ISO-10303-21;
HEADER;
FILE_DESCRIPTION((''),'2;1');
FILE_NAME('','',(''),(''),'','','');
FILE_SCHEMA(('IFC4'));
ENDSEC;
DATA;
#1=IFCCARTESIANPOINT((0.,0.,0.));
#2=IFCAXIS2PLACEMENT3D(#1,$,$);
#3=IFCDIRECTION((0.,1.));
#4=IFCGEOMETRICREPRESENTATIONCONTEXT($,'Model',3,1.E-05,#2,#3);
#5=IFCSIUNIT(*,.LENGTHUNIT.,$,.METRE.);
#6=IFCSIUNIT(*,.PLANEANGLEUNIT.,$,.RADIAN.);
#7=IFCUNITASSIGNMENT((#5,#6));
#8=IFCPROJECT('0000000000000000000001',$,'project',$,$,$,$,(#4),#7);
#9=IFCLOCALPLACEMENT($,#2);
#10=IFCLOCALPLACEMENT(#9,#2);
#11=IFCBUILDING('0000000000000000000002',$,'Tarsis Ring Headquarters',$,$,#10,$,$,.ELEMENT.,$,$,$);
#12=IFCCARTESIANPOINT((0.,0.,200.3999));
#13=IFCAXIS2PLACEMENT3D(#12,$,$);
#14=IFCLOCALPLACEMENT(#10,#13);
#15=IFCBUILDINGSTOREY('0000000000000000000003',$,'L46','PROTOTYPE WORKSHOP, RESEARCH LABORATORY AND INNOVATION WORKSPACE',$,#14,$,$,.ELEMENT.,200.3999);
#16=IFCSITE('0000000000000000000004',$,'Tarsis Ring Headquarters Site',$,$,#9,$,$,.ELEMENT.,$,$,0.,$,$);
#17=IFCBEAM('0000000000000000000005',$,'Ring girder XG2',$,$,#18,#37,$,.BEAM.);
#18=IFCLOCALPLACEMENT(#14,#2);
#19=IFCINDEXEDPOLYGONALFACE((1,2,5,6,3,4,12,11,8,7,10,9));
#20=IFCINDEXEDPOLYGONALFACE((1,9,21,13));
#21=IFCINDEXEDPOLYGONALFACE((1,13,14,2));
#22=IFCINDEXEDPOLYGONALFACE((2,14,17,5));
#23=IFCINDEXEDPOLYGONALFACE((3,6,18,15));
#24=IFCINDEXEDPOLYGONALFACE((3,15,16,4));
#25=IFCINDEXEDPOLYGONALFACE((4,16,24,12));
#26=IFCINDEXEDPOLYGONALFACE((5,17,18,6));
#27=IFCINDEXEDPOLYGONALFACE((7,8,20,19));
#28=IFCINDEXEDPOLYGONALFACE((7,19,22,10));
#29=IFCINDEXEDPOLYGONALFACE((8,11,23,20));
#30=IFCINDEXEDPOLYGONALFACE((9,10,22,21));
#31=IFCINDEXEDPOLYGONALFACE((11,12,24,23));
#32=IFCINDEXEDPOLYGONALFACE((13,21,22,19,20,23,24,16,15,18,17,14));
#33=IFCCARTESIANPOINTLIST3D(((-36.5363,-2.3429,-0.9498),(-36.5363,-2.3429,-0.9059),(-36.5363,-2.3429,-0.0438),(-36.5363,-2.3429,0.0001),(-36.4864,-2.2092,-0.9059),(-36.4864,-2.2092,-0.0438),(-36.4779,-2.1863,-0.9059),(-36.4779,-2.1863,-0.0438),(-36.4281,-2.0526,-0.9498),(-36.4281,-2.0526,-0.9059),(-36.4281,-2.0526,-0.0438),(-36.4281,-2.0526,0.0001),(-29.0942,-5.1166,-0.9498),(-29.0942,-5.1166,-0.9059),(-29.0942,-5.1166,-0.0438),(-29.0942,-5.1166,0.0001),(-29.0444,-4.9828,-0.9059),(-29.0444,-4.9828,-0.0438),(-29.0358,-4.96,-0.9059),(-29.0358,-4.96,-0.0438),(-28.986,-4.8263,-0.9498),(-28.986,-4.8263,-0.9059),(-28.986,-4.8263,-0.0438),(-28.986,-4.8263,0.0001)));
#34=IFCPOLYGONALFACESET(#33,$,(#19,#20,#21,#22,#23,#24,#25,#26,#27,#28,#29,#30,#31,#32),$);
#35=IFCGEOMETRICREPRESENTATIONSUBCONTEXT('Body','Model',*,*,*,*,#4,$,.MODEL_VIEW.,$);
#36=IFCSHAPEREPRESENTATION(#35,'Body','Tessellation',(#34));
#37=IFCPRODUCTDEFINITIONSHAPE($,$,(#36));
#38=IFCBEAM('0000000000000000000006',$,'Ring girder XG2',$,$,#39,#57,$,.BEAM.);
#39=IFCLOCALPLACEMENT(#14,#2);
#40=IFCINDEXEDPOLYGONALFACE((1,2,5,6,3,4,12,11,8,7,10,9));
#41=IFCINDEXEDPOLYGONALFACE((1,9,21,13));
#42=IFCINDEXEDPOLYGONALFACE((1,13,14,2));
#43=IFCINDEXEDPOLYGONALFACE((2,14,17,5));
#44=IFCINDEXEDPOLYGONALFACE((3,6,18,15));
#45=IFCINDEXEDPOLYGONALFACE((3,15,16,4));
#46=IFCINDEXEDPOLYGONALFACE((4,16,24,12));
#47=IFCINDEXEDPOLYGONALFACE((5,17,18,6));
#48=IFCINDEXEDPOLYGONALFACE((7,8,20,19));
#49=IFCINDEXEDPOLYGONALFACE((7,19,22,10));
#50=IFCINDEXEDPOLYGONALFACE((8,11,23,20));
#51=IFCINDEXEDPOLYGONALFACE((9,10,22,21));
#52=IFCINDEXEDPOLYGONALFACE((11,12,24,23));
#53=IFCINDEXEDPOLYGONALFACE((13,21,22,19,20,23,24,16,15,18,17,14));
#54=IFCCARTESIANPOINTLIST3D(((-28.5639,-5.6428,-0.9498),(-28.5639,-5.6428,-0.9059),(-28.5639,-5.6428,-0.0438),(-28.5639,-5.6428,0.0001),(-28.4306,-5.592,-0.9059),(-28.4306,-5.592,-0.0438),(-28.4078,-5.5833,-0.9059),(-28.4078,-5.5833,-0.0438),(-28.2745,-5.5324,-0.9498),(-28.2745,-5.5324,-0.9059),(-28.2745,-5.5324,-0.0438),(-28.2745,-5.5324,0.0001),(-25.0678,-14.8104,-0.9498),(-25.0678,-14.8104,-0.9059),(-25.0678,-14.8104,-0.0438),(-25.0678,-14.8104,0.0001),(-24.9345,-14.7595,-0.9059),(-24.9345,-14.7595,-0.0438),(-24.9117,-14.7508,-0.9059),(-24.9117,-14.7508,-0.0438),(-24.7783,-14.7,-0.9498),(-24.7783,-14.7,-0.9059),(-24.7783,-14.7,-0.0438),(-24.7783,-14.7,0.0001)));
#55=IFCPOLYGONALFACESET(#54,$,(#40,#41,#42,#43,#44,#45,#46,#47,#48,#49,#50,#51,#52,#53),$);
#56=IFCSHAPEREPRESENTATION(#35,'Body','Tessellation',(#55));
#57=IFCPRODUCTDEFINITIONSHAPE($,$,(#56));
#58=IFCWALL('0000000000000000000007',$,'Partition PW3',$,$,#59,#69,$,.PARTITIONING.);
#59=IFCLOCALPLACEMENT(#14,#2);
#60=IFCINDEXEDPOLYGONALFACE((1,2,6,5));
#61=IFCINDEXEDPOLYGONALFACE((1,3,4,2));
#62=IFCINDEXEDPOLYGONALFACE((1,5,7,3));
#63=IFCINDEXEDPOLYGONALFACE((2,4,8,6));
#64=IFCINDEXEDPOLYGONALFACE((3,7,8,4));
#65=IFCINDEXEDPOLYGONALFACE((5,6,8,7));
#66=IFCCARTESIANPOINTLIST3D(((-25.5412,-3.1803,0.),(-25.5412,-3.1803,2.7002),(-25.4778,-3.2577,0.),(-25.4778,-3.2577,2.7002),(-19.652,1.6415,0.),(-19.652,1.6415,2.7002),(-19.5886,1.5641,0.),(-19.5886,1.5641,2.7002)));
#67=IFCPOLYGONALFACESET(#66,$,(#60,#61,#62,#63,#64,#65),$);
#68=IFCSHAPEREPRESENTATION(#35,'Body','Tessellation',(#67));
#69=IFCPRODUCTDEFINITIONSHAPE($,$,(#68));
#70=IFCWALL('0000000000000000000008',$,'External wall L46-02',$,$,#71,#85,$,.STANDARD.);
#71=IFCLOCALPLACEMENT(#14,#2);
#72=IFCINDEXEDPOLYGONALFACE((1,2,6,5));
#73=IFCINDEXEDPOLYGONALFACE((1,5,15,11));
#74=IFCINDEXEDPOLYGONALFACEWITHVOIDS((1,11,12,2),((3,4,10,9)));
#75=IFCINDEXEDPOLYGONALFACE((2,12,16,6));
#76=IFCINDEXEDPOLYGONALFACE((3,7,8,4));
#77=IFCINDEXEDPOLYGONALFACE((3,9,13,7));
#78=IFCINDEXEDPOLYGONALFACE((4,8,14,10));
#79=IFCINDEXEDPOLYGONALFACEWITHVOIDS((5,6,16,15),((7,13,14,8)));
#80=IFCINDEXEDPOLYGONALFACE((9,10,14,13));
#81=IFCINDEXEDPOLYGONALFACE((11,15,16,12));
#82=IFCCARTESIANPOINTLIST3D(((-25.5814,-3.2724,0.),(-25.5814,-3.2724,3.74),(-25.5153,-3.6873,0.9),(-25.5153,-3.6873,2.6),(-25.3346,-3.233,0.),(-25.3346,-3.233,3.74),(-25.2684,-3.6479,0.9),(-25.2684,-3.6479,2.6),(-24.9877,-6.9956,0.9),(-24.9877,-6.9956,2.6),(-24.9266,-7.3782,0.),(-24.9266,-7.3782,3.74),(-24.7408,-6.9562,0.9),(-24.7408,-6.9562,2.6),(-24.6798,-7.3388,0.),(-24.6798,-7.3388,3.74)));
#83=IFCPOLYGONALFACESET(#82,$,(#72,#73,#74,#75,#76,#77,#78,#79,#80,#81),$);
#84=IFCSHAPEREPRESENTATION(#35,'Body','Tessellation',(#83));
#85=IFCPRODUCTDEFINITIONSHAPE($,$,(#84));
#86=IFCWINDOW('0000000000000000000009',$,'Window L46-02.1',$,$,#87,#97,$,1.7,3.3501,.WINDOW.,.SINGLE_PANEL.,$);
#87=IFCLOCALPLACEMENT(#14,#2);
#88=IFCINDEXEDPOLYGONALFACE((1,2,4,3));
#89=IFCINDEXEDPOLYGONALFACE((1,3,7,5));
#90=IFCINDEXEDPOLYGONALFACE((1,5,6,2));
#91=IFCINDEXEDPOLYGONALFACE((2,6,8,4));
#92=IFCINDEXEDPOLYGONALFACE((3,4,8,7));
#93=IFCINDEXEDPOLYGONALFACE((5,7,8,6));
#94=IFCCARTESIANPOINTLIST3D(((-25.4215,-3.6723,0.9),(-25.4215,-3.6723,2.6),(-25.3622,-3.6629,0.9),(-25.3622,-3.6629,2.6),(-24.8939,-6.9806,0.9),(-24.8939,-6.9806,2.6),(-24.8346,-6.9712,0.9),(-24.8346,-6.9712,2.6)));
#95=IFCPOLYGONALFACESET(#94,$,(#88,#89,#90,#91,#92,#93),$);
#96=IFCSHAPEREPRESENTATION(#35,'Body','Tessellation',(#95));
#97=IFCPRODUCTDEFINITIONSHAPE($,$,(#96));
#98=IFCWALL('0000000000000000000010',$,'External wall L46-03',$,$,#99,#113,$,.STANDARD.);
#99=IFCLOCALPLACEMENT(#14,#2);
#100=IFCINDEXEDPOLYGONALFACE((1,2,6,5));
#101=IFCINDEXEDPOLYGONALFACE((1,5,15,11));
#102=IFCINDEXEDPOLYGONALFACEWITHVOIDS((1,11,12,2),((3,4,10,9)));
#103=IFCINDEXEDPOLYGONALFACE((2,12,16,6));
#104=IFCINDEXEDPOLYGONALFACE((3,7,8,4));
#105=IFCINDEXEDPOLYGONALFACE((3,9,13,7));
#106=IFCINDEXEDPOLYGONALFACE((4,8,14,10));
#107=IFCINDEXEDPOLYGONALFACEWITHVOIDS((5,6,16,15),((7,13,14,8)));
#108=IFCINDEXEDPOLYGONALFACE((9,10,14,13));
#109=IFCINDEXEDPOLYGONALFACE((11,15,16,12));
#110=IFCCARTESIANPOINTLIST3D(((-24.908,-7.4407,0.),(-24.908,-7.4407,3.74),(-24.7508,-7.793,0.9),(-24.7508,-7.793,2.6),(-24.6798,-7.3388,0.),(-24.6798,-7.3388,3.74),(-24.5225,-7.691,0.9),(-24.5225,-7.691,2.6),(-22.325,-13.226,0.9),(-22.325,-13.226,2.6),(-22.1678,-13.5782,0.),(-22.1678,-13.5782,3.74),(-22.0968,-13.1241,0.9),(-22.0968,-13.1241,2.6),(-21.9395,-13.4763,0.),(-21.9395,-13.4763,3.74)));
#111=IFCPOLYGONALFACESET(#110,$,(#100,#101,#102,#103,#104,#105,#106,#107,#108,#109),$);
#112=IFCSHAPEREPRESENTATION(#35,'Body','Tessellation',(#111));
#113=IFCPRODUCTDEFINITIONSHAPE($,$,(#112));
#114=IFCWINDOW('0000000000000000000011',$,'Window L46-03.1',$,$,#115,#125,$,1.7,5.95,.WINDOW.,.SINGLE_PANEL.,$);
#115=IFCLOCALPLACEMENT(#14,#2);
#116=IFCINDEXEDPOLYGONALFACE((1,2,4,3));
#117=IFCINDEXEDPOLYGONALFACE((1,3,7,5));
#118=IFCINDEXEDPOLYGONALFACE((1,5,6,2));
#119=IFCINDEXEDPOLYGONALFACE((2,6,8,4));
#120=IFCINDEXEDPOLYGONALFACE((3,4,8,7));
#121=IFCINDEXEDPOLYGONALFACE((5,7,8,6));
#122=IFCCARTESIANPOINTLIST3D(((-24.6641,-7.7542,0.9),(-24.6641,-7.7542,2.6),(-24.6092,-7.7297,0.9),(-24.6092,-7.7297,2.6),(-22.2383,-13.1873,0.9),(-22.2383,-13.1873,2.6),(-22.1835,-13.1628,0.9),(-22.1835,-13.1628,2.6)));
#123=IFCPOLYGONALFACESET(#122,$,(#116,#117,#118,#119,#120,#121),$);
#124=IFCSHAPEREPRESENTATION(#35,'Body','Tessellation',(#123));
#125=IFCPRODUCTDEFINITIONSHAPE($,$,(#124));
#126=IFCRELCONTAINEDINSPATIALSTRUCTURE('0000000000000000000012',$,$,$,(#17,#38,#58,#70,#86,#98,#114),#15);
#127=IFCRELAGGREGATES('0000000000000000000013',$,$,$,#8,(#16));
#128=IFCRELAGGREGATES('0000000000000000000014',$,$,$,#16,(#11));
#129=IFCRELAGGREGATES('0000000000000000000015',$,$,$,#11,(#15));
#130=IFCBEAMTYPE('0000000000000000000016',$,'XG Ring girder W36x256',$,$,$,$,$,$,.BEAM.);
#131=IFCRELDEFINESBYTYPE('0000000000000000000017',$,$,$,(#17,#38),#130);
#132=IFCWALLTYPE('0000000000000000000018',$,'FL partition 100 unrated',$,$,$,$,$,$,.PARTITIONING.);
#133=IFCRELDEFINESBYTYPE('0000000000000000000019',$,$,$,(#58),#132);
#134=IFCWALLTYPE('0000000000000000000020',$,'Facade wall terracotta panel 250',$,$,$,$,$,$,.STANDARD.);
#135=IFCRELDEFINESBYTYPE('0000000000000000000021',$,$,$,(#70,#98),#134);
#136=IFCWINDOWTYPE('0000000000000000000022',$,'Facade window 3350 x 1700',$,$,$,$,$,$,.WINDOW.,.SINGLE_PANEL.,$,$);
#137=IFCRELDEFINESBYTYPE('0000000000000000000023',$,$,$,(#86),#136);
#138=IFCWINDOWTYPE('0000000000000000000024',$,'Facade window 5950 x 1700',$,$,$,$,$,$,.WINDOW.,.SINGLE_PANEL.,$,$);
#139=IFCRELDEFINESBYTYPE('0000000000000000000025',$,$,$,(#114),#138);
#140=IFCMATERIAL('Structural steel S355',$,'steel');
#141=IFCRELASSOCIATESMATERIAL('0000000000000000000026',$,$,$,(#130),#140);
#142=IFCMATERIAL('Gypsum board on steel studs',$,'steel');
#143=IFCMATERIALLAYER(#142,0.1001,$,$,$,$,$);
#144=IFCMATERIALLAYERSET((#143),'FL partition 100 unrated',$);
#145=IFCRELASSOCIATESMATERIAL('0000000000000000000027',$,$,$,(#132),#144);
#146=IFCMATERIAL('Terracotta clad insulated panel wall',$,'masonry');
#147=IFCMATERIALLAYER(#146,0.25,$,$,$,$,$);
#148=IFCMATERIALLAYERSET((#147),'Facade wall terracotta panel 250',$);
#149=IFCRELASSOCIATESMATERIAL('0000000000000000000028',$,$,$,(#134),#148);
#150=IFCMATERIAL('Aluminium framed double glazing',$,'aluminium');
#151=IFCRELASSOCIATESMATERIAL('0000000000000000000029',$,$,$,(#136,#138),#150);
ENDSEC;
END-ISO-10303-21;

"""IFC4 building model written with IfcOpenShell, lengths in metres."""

from ifc_helpers import new_model, si_unit, direction, frame, frame_2d, origin, origin_2d, place, context, subcontext, project, spatial, rectangle, i_section, extrude, material, layer, layer_set, material_profile, profile_set, type_object, element, fill, save


model = new_model("IFC4")

# Units and contexts
model_context = context("Model", 3, precision=1e-05, world=origin(), true_north=direction((0.0, 1.0)))
body_context = subcontext(model_context, "Body", "Model", "MODEL_VIEW")
ifc_project = project(units=[si_unit("LENGTHUNIT", "METRE"), si_unit("PLANEANGLEUNIT", "RADIAN")], contexts=[model_context])

# Site, building, storey
site_placement = place(None, origin())
site = spatial("IfcSite", under=ifc_project, at=site_placement, Name="Tarsis Ring Headquarters Site", CompositionType="ELEMENT", RefElevation=0.0)
building_placement = place(site_placement, origin())
building = spatial("IfcBuilding", under=site, at=building_placement, Name="Tarsis Ring Headquarters", CompositionType="ELEMENT")
storey_placement = place(building_placement, frame((0.0, 0.0, 200.3999)))
storey = spatial("IfcBuildingStorey", under=building, at=storey_placement, Name="L46", Description="PROTOTYPE WORKSHOP, RESEARCH LABORATORY AND INNOVATION WORKSPACE", CompositionType="ELEMENT", Elevation=200.3999)

# Shared definitions
ifc_material_1 = material(Name="Structural steel S355", Category="steel")

# Beams
ifc_material_profile_1 = material_profile(ifc_material_1, i_section(OverallWidth=0.3098, OverallDepth=0.95, WebThickness=0.0244, FlangeThickness=0.0439, at=origin_2d()), Name="W36x256")
ifc_profile_set_1 = profile_set([ifc_material_profile_1], Name="Structural steel S355")
beam_type = type_object("IfcBeamType", Name="XG Ring girder W36x256", PredefinedType="BEAM", material=ifc_profile_set_1)
beam_1_placement = place(storey_placement, frame((-36.4822, -2.1978, -0.4749), z_axis=(0.937036, -0.349233, 0.0), x_axis=(0.349233, 0.937036, 0.0)))
element("IfcBeam", 1, at=beam_1_placement, inside=storey, type_object=beam_type, Name="Ring girder XG2", PredefinedType="BEAM", context=body_context, shape_type="SweptSolid", body=[
    extrude(i_section(OverallWidth=0.3098, OverallDepth=0.95, WebThickness=0.0244, FlangeThickness=0.0439, at=origin_2d()), origin(), (0.0, 0.0, 1.0), 7.9421),
])
beam_2_placement = place(storey_placement, frame((-28.4192, -5.5876, -0.4749), z_axis=(0.356326, -0.934362, 0.0), x_axis=(0.934362, 0.356326, 0.0)))
element("IfcBeam", 2, at=beam_2_placement, inside=storey, type_object=beam_type, Name="Ring girder XG2", PredefinedType="BEAM", context=body_context, shape_type="SweptSolid", body=[
    extrude(i_section(OverallWidth=0.3098, OverallDepth=0.95, WebThickness=0.0244, FlangeThickness=0.0439, at=origin_2d()), origin(), (0.0, 0.0, 1.0), 9.8115),
])

# Wall
ifc_material_2 = material(Name="Gypsum board on steel studs", Category="steel")
ifc_layer_1 = layer(ifc_material_2, 0.1001)
ifc_layer_set_1 = layer_set([ifc_layer_1], Name="FL partition 100 unrated")
wall_type_1 = type_object("IfcWallType", Name="FL partition 100 unrated", PredefinedType="PARTITIONING", material=ifc_layer_set_1)
wall_1_placement = place(storey_placement, frame((-25.5095, -3.219, 0.0), z_axis=(0.0, 0.0, 1.0), x_axis=(0.77374, 0.633503, 0.0)))
element("IfcWall", 3, at=wall_1_placement, inside=storey, type_object=wall_type_1, Name="Partition PW3", PredefinedType="PARTITIONING", context=body_context, shape_type="SweptSolid", body=[
    extrude(rectangle(XDim=7.6113, YDim=0.1001, at=frame_2d((3.8057, 0.0))), origin(), (0.0, 0.0, 1.0), 2.7002),
])

# Walls, openings, windows
ifc_material_3 = material(Name="Terracotta clad insulated panel wall", Category="masonry")
ifc_layer_2 = layer(ifc_material_3, 0.25)
ifc_layer_set_2 = layer_set([ifc_layer_2], Name="Facade wall terracotta panel 250")
wall_type_2 = type_object("IfcWallType", Name="Facade wall terracotta panel 250", PredefinedType="STANDARD", material=ifc_layer_set_2)
wall_2_placement = place(storey_placement, frame((-25.458, -3.2527, 0.0), z_axis=(0.0, 0.0, 1.0), x_axis=(0.157491, -0.98752, 0.0)))
wall_2 = element("IfcWall", 4, at=wall_2_placement, inside=storey, type_object=wall_type_2, Name="External wall L46-02", PredefinedType="STANDARD", context=body_context, shape_type="SweptSolid", body=[
    extrude(rectangle(XDim=4.1577, YDim=0.25, at=frame_2d((2.0789, 0.0))), origin(), (0.0, 0.0, 1.0), 3.74),
])
opening_1_placement = place(wall_2_placement, frame((0.4202, 0.0, 0.8999)))
opening_1 = element("IfcOpeningElement", 5, at=opening_1_placement, cuts=wall_2, PredefinedType="OPENING", context=body_context, shape_type="SweptSolid", body=[
    extrude(rectangle(XDim=3.3501, YDim=1.7, at=frame_2d((1.675, 0.8501))), frame((0.0, 0.135, 0.0), z_axis=(0.0, -1.0, 0.0), x_axis=(1.0, 0.0, 0.0)), (0.0, 0.0, 1.0), 0.27),
])
ifc_material_4 = material(Name="Aluminium framed double glazing", Category="aluminium")
window_type_1 = type_object("IfcWindowType", Name="Facade window 3350 x 1700", PartitioningType="SINGLE_PANEL", PredefinedType="WINDOW", material=ifc_material_4)
window_1_placement = place(opening_1_placement, origin())
window_1 = element("IfcWindow", 6, at=window_1_placement, inside=storey, type_object=window_type_1, Name="Window L46-02.1", OverallHeight=1.7, OverallWidth=3.3501, PartitioningType="SINGLE_PANEL", PredefinedType="WINDOW", context=body_context, shape_type="SweptSolid", body=[
    extrude(rectangle(XDim=3.3501, YDim=1.7, at=frame_2d((1.675, 0.8501))), frame((0.0, 0.03, 0.0), z_axis=(0.0, -1.0, 0.0), x_axis=(1.0, 0.0, 0.0)), (0.0, 0.0, 1.0), 0.0601),
])
fill(opening_1, window_1)
wall_3_placement = place(storey_placement, frame((-24.7939, -7.3896, 0.0), z_axis=(0.0, 0.0, 1.0), x_axis=(0.407688, -0.913121, 0.0)))
wall_3 = element("IfcWall", 7, at=wall_3_placement, inside=storey, type_object=wall_type_2, Name="External wall L46-03", PredefinedType="STANDARD", context=body_context, shape_type="SweptSolid", body=[
    extrude(rectangle(XDim=6.7214, YDim=0.25, at=frame_2d((3.3608, 0.0))), origin(), (0.0, 0.0, 1.0), 3.74),
])
opening_2_placement = place(wall_3_placement, frame((0.3857, 0.0, 0.8999)))
opening_2 = element("IfcOpeningElement", 8, at=opening_2_placement, cuts=wall_3, PredefinedType="OPENING", context=body_context, shape_type="SweptSolid", body=[
    extrude(rectangle(XDim=5.95, YDim=1.7, at=frame_2d((2.9751, 0.8501))), frame((0.0, 0.135, 0.0), z_axis=(0.0, -1.0, 0.0), x_axis=(1.0, 0.0, 0.0)), (0.0, 0.0, 1.0), 0.27),
])
window_type_2 = type_object("IfcWindowType", Name="Facade window 5950 x 1700", PartitioningType="SINGLE_PANEL", PredefinedType="WINDOW", material=ifc_material_4)
window_2_placement = place(opening_2_placement, origin())
window_2 = element("IfcWindow", 9, at=window_2_placement, inside=storey, type_object=window_type_2, Name="Window L46-03.1", OverallHeight=1.7, OverallWidth=5.95, PartitioningType="SINGLE_PANEL", PredefinedType="WINDOW", context=body_context, shape_type="SweptSolid", body=[
    extrude(rectangle(XDim=5.95, YDim=1.7, at=frame_2d((2.9751, 0.8501))), frame((0.0, 0.03, 0.0), z_axis=(0.0, -1.0, 0.0), x_axis=(1.0, 0.0, 0.0)), (0.0, 0.0, 1.0), 0.0601),
])
fill(opening_2, window_2)

save(model, "model.ifc")
